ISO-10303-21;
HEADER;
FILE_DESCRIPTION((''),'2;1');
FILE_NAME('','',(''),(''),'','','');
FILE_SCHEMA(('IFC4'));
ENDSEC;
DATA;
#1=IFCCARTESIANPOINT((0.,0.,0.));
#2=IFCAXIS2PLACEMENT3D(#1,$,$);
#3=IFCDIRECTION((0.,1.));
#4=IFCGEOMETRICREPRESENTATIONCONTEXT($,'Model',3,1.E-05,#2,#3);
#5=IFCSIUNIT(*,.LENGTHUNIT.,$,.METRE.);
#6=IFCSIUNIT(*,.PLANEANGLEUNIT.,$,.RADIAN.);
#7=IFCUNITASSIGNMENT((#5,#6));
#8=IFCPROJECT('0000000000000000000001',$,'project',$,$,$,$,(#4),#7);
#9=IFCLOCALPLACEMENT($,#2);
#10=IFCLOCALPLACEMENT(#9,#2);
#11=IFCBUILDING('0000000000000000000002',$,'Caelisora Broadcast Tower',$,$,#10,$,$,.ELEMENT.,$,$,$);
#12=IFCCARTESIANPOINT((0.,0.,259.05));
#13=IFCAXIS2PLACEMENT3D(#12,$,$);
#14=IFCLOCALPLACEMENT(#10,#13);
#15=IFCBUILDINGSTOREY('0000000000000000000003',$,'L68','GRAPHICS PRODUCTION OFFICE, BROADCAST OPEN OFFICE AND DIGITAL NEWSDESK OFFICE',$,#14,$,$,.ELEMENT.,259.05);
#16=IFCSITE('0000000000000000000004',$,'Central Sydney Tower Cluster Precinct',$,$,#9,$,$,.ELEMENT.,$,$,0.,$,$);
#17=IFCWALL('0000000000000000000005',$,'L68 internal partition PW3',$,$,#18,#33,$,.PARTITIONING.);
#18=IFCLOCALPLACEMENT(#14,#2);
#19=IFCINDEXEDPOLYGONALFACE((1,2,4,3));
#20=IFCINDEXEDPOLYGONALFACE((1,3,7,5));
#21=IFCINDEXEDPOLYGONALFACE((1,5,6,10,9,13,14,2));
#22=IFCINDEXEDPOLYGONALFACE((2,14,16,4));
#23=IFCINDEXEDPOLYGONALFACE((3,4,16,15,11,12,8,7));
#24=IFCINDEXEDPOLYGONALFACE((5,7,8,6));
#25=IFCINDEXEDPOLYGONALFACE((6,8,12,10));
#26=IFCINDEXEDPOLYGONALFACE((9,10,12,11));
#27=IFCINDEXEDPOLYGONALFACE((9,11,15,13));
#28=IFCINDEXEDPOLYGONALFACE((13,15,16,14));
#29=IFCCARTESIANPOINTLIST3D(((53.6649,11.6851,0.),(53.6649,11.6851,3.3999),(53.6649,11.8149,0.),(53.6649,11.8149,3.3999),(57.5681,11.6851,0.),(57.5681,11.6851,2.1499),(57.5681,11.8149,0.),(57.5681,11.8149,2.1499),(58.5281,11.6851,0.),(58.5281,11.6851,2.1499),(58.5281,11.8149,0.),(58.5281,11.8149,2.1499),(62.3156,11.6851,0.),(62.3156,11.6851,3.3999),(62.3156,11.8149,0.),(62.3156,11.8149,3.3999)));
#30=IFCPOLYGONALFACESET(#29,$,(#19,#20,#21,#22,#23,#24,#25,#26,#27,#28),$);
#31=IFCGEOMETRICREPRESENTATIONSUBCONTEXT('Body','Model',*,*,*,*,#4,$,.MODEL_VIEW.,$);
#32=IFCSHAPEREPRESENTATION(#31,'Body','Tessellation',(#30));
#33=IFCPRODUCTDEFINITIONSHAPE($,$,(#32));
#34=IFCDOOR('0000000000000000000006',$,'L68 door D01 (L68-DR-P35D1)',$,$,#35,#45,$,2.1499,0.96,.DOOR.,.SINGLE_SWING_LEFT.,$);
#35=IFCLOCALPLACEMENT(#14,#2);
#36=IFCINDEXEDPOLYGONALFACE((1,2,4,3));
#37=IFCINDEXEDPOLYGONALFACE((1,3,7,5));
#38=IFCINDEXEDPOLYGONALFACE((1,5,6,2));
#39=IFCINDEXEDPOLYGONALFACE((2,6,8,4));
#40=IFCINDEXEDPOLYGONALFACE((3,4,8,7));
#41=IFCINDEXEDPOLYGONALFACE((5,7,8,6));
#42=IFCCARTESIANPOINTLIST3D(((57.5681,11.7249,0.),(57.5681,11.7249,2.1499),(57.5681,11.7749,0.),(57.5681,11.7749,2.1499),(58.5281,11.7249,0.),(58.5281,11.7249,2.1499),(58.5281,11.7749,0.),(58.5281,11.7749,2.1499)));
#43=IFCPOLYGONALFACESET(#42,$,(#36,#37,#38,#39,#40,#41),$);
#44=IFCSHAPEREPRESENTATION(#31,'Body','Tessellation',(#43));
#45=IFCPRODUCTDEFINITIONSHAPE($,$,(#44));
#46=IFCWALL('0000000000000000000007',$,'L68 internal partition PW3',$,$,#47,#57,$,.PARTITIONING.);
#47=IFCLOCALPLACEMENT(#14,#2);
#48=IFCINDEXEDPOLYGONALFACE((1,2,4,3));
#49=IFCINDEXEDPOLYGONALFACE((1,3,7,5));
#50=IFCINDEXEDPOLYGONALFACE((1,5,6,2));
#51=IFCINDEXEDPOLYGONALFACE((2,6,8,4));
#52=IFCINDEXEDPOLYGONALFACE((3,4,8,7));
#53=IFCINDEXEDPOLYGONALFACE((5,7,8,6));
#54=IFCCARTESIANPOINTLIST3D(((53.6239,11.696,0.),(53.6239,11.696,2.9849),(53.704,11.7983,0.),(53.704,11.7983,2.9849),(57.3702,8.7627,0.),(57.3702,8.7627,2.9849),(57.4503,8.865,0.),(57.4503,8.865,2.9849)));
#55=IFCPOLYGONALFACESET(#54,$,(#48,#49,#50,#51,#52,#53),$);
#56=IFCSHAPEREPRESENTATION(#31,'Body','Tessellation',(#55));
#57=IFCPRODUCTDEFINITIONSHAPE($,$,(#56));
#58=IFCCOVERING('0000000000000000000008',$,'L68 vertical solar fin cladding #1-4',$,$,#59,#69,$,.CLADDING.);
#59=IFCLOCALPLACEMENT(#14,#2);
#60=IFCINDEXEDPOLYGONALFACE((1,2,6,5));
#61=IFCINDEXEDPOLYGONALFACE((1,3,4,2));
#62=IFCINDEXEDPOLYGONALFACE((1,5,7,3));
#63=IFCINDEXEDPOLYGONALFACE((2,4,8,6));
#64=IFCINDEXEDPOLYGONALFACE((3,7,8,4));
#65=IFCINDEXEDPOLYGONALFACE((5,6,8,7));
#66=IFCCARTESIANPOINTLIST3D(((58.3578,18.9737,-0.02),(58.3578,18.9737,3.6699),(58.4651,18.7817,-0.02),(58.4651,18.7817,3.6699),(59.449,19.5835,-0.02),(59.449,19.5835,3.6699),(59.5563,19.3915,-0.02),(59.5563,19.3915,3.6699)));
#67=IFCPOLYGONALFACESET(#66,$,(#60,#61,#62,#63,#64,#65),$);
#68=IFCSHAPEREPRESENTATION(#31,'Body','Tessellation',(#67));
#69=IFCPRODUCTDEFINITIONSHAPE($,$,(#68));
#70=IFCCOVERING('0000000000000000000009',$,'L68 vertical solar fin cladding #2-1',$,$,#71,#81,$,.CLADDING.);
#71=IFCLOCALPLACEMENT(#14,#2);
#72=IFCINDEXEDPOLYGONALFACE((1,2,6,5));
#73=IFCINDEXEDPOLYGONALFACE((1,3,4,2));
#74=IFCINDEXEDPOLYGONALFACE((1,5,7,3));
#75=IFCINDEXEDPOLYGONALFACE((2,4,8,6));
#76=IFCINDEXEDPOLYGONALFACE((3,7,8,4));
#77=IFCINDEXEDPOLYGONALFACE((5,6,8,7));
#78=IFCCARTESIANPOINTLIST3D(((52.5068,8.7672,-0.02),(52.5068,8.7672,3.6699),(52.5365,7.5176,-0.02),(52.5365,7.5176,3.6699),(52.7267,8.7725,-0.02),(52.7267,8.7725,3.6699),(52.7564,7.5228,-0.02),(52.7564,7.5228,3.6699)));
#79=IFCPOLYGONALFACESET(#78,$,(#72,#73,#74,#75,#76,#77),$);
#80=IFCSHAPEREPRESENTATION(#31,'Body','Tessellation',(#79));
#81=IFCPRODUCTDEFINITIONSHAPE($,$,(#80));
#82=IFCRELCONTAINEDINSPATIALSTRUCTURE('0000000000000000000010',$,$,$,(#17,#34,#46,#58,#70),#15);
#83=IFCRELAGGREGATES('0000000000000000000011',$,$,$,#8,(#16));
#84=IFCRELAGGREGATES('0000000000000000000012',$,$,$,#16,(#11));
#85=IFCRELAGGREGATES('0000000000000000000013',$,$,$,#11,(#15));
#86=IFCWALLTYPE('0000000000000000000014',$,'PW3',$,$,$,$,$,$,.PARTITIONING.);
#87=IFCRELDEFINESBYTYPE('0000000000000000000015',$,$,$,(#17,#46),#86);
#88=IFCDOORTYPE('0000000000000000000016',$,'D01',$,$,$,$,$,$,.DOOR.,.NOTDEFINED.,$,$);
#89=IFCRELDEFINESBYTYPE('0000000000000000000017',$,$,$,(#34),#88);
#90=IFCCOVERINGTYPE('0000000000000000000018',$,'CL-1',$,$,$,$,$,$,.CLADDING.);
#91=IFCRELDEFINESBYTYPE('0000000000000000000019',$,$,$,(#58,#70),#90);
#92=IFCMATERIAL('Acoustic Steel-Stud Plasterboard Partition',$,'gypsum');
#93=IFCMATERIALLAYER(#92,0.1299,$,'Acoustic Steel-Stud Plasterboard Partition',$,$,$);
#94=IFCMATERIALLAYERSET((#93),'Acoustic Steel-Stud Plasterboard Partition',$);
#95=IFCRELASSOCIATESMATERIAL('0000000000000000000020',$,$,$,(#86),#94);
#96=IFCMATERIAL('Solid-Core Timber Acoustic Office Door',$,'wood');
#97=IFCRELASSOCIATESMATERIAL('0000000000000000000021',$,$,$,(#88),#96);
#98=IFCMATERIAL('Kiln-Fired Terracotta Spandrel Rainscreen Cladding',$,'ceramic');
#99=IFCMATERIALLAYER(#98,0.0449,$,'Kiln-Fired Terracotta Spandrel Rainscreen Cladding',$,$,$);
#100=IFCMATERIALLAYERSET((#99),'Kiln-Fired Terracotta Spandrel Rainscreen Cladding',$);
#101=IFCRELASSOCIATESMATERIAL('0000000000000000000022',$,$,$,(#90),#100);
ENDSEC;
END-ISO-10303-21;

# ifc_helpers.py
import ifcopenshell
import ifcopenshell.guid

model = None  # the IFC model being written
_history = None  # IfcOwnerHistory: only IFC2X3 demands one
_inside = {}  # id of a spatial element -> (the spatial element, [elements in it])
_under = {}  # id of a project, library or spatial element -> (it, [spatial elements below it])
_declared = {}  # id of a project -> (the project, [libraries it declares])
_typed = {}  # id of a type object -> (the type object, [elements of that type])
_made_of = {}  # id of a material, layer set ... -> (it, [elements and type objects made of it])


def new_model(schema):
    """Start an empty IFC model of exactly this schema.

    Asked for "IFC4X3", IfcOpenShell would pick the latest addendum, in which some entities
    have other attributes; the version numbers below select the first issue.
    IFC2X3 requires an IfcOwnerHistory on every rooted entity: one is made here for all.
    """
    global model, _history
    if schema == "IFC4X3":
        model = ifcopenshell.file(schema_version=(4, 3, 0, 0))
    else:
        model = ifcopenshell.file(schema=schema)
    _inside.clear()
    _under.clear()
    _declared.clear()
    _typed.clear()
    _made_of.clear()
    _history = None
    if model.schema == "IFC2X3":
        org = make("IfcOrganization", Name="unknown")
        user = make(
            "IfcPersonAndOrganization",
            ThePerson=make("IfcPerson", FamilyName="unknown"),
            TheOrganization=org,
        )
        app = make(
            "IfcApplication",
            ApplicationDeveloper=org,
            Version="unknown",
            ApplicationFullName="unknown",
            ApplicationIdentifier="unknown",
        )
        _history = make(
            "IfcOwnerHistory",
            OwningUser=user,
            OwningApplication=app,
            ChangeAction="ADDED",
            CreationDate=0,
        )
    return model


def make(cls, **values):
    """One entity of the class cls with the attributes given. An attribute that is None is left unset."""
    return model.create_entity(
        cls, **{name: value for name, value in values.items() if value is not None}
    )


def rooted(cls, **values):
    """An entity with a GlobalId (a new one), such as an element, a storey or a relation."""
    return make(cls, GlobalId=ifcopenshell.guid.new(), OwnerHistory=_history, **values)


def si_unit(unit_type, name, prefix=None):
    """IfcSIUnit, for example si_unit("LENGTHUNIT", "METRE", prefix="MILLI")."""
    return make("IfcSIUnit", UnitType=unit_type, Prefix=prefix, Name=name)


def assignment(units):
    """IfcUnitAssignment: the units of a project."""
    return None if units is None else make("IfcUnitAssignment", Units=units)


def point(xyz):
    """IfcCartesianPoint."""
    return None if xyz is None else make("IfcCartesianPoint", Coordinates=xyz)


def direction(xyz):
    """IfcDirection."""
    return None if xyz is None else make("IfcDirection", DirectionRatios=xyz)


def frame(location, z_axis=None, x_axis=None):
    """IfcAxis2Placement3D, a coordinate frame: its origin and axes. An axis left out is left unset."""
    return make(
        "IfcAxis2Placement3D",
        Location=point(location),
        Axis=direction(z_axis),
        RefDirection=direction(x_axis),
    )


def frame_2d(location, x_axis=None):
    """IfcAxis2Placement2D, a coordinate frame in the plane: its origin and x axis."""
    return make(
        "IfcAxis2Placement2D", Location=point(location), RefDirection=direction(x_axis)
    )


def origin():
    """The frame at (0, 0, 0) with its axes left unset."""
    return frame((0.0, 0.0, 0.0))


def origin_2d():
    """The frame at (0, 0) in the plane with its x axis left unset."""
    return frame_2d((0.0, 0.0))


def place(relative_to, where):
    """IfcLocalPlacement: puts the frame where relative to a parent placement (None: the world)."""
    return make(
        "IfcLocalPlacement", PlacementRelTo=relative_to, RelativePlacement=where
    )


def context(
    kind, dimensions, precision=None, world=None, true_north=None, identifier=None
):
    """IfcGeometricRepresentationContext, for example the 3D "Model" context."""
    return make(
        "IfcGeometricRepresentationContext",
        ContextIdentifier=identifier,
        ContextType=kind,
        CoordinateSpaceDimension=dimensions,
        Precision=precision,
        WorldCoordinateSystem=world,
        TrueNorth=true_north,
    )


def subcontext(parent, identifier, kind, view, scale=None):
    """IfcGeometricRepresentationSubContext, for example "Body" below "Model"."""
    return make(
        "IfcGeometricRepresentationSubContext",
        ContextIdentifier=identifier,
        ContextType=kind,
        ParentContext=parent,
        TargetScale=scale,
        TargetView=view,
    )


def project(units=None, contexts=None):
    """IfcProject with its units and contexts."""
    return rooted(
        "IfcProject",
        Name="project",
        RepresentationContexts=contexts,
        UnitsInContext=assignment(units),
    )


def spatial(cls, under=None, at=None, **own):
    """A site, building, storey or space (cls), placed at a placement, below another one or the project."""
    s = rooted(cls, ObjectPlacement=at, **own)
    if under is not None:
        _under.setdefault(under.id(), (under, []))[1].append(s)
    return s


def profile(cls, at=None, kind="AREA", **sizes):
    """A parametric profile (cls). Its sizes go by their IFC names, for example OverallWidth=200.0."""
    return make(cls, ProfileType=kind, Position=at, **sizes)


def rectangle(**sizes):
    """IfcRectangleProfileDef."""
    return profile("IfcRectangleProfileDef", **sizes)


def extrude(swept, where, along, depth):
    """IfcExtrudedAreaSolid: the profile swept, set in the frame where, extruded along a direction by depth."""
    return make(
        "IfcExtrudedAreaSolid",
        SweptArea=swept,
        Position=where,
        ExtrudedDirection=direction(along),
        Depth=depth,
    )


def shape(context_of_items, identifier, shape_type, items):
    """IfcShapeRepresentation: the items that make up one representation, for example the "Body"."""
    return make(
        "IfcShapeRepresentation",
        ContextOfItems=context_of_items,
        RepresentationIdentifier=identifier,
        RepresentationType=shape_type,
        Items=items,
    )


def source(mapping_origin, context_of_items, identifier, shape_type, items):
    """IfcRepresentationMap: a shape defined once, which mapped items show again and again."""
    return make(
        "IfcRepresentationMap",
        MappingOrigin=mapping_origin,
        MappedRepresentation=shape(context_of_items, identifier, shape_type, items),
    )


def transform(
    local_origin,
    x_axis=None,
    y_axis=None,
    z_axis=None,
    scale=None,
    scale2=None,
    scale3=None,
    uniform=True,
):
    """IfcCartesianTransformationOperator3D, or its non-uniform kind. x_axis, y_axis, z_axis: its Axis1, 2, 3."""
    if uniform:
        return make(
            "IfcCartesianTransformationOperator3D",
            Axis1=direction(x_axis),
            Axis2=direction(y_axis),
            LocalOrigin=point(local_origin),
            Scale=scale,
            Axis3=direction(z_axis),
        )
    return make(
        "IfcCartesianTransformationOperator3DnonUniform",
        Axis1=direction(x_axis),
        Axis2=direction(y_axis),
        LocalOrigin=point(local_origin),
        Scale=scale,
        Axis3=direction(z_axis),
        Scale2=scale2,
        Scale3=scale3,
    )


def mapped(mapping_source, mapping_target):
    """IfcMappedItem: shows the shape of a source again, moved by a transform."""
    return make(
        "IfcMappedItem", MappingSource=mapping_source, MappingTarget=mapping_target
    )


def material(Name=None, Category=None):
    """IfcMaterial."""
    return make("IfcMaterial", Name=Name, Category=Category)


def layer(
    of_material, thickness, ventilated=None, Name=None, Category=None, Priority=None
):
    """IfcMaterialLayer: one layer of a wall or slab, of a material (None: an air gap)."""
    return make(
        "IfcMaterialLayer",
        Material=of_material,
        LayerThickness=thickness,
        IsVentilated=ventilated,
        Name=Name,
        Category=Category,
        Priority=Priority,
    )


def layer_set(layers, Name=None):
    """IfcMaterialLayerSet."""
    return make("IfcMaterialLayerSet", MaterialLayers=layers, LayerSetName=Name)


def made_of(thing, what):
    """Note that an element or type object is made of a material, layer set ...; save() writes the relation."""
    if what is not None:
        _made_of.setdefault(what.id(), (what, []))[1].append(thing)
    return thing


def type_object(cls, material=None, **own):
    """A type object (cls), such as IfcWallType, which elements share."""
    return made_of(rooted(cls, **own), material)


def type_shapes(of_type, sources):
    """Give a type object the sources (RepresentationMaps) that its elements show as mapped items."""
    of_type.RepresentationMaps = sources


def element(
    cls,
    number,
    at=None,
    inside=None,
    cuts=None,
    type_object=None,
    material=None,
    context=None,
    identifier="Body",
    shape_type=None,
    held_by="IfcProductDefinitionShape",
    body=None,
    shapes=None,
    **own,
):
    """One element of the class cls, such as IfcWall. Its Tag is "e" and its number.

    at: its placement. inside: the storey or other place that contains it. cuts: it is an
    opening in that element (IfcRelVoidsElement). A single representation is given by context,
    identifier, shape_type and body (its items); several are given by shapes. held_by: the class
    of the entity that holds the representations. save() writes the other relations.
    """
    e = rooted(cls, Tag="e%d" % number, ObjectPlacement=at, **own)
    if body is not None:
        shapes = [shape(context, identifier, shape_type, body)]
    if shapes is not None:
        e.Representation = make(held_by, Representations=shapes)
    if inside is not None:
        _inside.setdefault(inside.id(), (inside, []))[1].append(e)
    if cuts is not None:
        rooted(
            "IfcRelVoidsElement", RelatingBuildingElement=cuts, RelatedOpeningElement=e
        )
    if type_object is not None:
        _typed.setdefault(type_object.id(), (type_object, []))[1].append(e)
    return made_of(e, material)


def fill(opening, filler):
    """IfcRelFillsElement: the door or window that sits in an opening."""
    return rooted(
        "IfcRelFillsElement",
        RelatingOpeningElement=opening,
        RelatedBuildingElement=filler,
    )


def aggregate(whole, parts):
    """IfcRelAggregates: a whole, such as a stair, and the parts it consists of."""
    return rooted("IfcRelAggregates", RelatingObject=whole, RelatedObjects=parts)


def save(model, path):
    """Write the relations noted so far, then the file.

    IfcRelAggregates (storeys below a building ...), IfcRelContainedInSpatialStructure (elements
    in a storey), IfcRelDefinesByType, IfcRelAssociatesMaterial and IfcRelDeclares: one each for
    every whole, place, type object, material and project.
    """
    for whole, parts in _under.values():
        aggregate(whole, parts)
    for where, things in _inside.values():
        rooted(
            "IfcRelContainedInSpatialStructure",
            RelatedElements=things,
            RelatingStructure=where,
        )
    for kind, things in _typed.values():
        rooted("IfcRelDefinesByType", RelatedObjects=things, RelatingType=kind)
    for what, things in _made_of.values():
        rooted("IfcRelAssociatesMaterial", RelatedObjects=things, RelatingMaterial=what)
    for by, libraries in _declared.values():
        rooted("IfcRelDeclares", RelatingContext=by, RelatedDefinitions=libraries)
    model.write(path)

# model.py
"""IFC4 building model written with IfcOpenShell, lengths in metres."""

from ifc_helpers import new_model, si_unit, direction, frame, frame_2d, origin, origin_2d, place, context, subcontext, project, spatial, rectangle, extrude, source, transform, mapped, material, layer, layer_set, type_object, type_shapes, element, fill, save


model = new_model("IFC4")

# Units and contexts
model_context = context("Model", 3, precision=1e-05, world=origin(), true_north=direction((0.0, 1.0)))
body_context = subcontext(model_context, "Body", "Model", "MODEL_VIEW")
ifc_project = project(units=[si_unit("LENGTHUNIT", "METRE"), si_unit("PLANEANGLEUNIT", "RADIAN")], contexts=[model_context])

# Site, building, storey
site_placement = place(None, origin())
site = spatial("IfcSite", under=ifc_project, at=site_placement, Name="Central Sydney Tower Cluster Precinct", CompositionType="ELEMENT", RefElevation=0.0)
building_placement = place(site_placement, origin())
building = spatial("IfcBuilding", under=site, at=building_placement, Name="Caelisora Broadcast Tower", CompositionType="ELEMENT")
storey_placement = place(building_placement, frame((0.0, 0.0, 259.05)))
storey = spatial("IfcBuildingStorey", under=building, at=storey_placement, Name="L68", Description="GRAPHICS PRODUCTION OFFICE, BROADCAST OPEN OFFICE AND DIGITAL NEWSDESK OFFICE", CompositionType="ELEMENT", Elevation=259.05)

# Wall, opening, door
ifc_material_1 = material(Name="Acoustic Steel-Stud Plasterboard Partition", Category="gypsum")
ifc_layer_1 = layer(ifc_material_1, 0.1299, Name="Acoustic Steel-Stud Plasterboard Partition")
ifc_layer_set_1 = layer_set([ifc_layer_1], Name="Acoustic Steel-Stud Plasterboard Partition")
wall_type_1 = type_object("IfcWallType", Name="PW3", PredefinedType="PARTITIONING", material=ifc_layer_set_1)
wall_1_placement = place(storey_placement, frame((53.665, 11.75, 0.0), z_axis=(0.0, 0.0, 1.0), x_axis=(1.0, 0.0, 0.0)))
wall_1 = element("IfcWall", 1, at=wall_1_placement, inside=storey, type_object=wall_type_1, Name="L68 internal partition PW3", PredefinedType="PARTITIONING", context=body_context, shape_type="SweptSolid", body=[
    extrude(rectangle(XDim=8.6506, YDim=0.1299, at=frame_2d((4.3252, 0.0))), origin(), (0.0, 0.0, 1.0), 3.3999),
])
opening_1_placement = place(wall_1_placement, frame((3.9031, 0.0, 0.0)))
opening_1 = element("IfcOpeningElement", 2, at=opening_1_placement, cuts=wall_1, PredefinedType="OPENING", context=body_context, shape_type="SweptSolid", body=[
    extrude(rectangle(XDim=0.96, YDim=2.1499, at=frame_2d((0.48, 1.075))), frame((0.0, 0.0769, 0.0), z_axis=(0.0, -1.0, 0.0), x_axis=(1.0, 0.0, 0.0)), (0.0, 0.0, 1.0), 0.1538),
])
ifc_material_2 = material(Name="Solid-Core Timber Acoustic Office Door", Category="wood")
door_type = type_object("IfcDoorType", Name="D01", OperationType="NOTDEFINED", PredefinedType="DOOR", material=ifc_material_2)
door_placement = place(opening_1_placement, origin())
door = element("IfcDoor", 3, at=door_placement, inside=storey, type_object=door_type, Name="L68 door D01 (L68-DR-P35D1)", OperationType="SINGLE_SWING_LEFT", OverallHeight=2.1499, OverallWidth=0.96, PredefinedType="DOOR", context=body_context, shape_type="SweptSolid", body=[
    extrude(rectangle(XDim=0.96, YDim=2.1499, at=frame_2d((0.48, 1.075))), frame((0.0, 0.0249, 0.0), z_axis=(0.0, -1.0, 0.0), x_axis=(1.0, 0.0, 0.0)), (0.0, 0.0, 1.0), 0.05),
])
fill(opening_1, door)

# Wall
wall_2_placement = place(storey_placement, frame((53.6641, 11.7471, 0.0), z_axis=(0.0, 0.0, 1.0), x_axis=(0.787359, -0.616495, 0.0)))
element("IfcWall", 4, at=wall_2_placement, inside=storey, type_object=wall_type_1, Name="L68 internal partition PW3", PredefinedType="PARTITIONING", context=body_context, shape_type="SweptSolid", body=[
    extrude(rectangle(XDim=4.7581, YDim=0.1299, at=frame_2d((2.3789, 0.0))), origin(), (0.0, 0.0, 1.0), 2.9849),
])

# Coverings
ifc_material_3 = material(Name="Kiln-Fired Terracotta Spandrel Rainscreen Cladding", Category="ceramic")
ifc_layer_2 = layer(ifc_material_3, 0.0449, Name="Kiln-Fired Terracotta Spandrel Rainscreen Cladding")
ifc_layer_set_2 = layer_set([ifc_layer_2], Name="Kiln-Fired Terracotta Spandrel Rainscreen Cladding")
covering_type = type_object("IfcCoveringType", Name="CL-1", PredefinedType="CLADDING", material=ifc_layer_set_2)
shared_shape_1 = source(origin(), body_context, "Body", "SweptSolid", [
    extrude(rectangle(XDim=0.22, YDim=1.25, at=origin_2d()), origin(), (0.0, 0.0, 1.0), 3.6899),
])
type_shapes(covering_type, [shared_shape_1])
for number, where, z_axis, x_axis, name in (
    (5, (58.957, 19.1826, -0.02), (0.0, 0.0, 1.0), (0.48786, -0.872922, 0.0), "L68 vertical solar fin cladding #1-4"),
    (6, (52.6316, 8.145, -0.02), (0.0, 0.0, 1.0), (-0.999718, -0.023734, 0.0), "L68 vertical solar fin cladding #2-1"),
):
    element("IfcCovering", number, at=place(storey_placement, frame(where, z_axis=z_axis, x_axis=x_axis)), inside=storey, type_object=covering_type, Name=name, PredefinedType="CLADDING", context=body_context, shape_type="MappedRepresentation", body=[
        mapped(shared_shape_1, transform((0.0, 0.0, 0.0), scale=1.0)),
    ])

save(model, "model.ifc")
